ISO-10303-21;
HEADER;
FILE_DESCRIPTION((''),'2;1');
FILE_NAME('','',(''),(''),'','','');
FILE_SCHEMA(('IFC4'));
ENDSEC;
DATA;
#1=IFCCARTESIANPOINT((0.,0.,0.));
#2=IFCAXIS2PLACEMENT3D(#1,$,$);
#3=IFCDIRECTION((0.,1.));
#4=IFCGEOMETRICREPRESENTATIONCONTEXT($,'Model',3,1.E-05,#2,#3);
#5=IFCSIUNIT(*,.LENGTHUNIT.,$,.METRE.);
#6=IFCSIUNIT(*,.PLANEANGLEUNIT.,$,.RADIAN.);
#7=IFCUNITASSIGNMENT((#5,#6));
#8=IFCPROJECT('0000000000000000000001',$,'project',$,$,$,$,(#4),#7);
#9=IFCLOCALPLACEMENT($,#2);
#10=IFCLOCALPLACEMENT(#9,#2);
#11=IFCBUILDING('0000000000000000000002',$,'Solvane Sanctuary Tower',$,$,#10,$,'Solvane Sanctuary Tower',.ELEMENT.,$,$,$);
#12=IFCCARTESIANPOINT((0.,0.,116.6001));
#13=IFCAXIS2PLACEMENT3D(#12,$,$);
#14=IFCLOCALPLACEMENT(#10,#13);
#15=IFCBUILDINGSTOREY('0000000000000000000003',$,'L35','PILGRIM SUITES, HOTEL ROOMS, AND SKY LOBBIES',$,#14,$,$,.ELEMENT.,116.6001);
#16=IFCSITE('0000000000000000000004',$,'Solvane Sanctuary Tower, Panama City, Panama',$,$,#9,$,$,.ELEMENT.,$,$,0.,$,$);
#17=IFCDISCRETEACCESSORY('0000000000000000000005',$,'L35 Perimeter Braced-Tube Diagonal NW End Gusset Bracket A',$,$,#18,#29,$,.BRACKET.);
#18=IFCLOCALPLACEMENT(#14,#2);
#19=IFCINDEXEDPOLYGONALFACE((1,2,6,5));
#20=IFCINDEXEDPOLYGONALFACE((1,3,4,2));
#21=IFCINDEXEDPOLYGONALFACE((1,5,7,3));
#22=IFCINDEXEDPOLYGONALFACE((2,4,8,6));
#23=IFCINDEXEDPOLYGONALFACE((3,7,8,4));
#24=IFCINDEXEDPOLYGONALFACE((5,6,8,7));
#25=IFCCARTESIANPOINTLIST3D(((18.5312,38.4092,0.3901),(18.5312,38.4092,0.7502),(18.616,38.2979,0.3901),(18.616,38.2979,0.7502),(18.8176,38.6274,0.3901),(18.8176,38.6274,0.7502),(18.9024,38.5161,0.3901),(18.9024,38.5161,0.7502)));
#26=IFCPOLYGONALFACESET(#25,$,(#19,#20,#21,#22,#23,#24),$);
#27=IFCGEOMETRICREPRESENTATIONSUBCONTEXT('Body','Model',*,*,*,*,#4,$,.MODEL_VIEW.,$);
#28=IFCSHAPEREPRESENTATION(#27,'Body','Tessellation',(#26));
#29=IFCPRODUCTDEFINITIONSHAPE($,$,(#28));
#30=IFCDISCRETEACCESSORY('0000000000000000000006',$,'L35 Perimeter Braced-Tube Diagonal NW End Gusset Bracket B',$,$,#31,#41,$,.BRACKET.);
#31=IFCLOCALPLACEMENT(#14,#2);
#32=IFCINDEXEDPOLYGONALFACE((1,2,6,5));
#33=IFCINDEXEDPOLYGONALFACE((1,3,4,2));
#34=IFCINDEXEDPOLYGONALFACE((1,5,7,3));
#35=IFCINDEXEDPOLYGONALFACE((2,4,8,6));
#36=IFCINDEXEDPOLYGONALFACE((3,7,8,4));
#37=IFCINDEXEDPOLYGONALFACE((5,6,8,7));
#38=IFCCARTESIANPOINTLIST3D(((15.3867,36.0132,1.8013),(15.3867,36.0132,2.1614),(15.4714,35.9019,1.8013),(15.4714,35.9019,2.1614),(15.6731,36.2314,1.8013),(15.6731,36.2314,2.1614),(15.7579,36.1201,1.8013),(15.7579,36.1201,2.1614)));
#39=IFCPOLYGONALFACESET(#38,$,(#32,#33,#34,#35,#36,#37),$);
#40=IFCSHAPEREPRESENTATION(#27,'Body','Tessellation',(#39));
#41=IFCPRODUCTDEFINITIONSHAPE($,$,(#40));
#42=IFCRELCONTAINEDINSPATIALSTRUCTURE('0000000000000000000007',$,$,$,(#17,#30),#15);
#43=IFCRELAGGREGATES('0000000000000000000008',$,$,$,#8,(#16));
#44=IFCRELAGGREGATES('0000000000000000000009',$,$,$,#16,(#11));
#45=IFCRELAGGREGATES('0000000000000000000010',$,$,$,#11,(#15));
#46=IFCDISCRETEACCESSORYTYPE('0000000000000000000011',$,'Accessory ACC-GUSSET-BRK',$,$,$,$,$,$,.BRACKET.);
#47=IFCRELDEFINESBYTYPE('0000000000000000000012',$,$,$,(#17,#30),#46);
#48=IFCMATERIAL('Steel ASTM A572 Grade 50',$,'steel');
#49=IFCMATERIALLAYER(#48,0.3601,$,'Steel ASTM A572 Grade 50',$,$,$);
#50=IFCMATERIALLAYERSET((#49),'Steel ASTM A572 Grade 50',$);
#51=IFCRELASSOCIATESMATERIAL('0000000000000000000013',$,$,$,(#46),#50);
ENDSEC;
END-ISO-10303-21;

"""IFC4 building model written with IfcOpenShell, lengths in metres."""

from ifc_helpers import new_model, si_unit, direction, frame, origin, origin_2d, place, context, subcontext, project, spatial, rectangle, extrude, material, layer, layer_set, type_object, element, save


model = new_model("IFC4")

# Units and contexts
model_context = context("Model", 3, precision=1e-05, world=origin(), true_north=direction((0.0, 1.0)))
body_context = subcontext(model_context, "Body", "Model", "MODEL_VIEW")
ifc_project = project(units=[si_unit("LENGTHUNIT", "METRE"), si_unit("PLANEANGLEUNIT", "RADIAN")], contexts=[model_context])

# Site, building, storey
site_placement = place(None, origin())
site = spatial("IfcSite", under=ifc_project, at=site_placement, Name="Solvane Sanctuary Tower, Panama City, Panama", CompositionType="ELEMENT", RefElevation=0.0)
building_placement = place(site_placement, origin())
building = spatial("IfcBuilding", under=site, at=building_placement, Name="Solvane Sanctuary Tower", LongName="Solvane Sanctuary Tower", CompositionType="ELEMENT")
storey_placement = place(building_placement, frame((0.0, 0.0, 116.6001)))
storey = spatial("IfcBuildingStorey", under=building, at=storey_placement, Name="L35", Description="PILGRIM SUITES, HOTEL ROOMS, AND SKY LOBBIES", CompositionType="ELEMENT", Elevation=116.6001)

# Discrete accessories
ifc_material_1 = material(Name="Steel ASTM A572 Grade 50", Category="steel")
ifc_layer_1 = layer(ifc_material_1, 0.3601, Name="Steel ASTM A572 Grade 50")
ifc_layer_set_1 = layer_set([ifc_layer_1], Name="Steel ASTM A572 Grade 50")
discrete_accessory_type = type_object("IfcDiscreteAccessoryType", Name="Accessory ACC-GUSSET-BRK", PredefinedType="BRACKET", material=ifc_layer_set_1)
for number, where, z_axis, x_axis, name in (
    (1, (18.7168, 38.4626, 0.3901), (0.0, 0.0, 1.0), (-0.795473, -0.605988, 0.0), "L35 Perimeter Braced-Tube Diagonal NW End Gusset Bracket A"),
    (2, (15.5723, 36.0667, 1.8013), (0.0, 0.0, 1.0), (-0.795473, -0.605988, 0.0), "L35 Perimeter Braced-Tube Diagonal NW End Gusset Bracket B"),
):
    element("IfcDiscreteAccessory", number, at=place(storey_placement, frame(where, z_axis=z_axis, x_axis=x_axis)), inside=storey, type_object=discrete_accessory_type, Name=name, PredefinedType="BRACKET", context=body_context, shape_type="SweptSolid", body=[
        extrude(rectangle(XDim=0.3601, YDim=0.1399, at=origin_2d()), origin(), (0.0, 0.0, 1.0), 0.3601),
    ])

save(model, "model.ifc")
